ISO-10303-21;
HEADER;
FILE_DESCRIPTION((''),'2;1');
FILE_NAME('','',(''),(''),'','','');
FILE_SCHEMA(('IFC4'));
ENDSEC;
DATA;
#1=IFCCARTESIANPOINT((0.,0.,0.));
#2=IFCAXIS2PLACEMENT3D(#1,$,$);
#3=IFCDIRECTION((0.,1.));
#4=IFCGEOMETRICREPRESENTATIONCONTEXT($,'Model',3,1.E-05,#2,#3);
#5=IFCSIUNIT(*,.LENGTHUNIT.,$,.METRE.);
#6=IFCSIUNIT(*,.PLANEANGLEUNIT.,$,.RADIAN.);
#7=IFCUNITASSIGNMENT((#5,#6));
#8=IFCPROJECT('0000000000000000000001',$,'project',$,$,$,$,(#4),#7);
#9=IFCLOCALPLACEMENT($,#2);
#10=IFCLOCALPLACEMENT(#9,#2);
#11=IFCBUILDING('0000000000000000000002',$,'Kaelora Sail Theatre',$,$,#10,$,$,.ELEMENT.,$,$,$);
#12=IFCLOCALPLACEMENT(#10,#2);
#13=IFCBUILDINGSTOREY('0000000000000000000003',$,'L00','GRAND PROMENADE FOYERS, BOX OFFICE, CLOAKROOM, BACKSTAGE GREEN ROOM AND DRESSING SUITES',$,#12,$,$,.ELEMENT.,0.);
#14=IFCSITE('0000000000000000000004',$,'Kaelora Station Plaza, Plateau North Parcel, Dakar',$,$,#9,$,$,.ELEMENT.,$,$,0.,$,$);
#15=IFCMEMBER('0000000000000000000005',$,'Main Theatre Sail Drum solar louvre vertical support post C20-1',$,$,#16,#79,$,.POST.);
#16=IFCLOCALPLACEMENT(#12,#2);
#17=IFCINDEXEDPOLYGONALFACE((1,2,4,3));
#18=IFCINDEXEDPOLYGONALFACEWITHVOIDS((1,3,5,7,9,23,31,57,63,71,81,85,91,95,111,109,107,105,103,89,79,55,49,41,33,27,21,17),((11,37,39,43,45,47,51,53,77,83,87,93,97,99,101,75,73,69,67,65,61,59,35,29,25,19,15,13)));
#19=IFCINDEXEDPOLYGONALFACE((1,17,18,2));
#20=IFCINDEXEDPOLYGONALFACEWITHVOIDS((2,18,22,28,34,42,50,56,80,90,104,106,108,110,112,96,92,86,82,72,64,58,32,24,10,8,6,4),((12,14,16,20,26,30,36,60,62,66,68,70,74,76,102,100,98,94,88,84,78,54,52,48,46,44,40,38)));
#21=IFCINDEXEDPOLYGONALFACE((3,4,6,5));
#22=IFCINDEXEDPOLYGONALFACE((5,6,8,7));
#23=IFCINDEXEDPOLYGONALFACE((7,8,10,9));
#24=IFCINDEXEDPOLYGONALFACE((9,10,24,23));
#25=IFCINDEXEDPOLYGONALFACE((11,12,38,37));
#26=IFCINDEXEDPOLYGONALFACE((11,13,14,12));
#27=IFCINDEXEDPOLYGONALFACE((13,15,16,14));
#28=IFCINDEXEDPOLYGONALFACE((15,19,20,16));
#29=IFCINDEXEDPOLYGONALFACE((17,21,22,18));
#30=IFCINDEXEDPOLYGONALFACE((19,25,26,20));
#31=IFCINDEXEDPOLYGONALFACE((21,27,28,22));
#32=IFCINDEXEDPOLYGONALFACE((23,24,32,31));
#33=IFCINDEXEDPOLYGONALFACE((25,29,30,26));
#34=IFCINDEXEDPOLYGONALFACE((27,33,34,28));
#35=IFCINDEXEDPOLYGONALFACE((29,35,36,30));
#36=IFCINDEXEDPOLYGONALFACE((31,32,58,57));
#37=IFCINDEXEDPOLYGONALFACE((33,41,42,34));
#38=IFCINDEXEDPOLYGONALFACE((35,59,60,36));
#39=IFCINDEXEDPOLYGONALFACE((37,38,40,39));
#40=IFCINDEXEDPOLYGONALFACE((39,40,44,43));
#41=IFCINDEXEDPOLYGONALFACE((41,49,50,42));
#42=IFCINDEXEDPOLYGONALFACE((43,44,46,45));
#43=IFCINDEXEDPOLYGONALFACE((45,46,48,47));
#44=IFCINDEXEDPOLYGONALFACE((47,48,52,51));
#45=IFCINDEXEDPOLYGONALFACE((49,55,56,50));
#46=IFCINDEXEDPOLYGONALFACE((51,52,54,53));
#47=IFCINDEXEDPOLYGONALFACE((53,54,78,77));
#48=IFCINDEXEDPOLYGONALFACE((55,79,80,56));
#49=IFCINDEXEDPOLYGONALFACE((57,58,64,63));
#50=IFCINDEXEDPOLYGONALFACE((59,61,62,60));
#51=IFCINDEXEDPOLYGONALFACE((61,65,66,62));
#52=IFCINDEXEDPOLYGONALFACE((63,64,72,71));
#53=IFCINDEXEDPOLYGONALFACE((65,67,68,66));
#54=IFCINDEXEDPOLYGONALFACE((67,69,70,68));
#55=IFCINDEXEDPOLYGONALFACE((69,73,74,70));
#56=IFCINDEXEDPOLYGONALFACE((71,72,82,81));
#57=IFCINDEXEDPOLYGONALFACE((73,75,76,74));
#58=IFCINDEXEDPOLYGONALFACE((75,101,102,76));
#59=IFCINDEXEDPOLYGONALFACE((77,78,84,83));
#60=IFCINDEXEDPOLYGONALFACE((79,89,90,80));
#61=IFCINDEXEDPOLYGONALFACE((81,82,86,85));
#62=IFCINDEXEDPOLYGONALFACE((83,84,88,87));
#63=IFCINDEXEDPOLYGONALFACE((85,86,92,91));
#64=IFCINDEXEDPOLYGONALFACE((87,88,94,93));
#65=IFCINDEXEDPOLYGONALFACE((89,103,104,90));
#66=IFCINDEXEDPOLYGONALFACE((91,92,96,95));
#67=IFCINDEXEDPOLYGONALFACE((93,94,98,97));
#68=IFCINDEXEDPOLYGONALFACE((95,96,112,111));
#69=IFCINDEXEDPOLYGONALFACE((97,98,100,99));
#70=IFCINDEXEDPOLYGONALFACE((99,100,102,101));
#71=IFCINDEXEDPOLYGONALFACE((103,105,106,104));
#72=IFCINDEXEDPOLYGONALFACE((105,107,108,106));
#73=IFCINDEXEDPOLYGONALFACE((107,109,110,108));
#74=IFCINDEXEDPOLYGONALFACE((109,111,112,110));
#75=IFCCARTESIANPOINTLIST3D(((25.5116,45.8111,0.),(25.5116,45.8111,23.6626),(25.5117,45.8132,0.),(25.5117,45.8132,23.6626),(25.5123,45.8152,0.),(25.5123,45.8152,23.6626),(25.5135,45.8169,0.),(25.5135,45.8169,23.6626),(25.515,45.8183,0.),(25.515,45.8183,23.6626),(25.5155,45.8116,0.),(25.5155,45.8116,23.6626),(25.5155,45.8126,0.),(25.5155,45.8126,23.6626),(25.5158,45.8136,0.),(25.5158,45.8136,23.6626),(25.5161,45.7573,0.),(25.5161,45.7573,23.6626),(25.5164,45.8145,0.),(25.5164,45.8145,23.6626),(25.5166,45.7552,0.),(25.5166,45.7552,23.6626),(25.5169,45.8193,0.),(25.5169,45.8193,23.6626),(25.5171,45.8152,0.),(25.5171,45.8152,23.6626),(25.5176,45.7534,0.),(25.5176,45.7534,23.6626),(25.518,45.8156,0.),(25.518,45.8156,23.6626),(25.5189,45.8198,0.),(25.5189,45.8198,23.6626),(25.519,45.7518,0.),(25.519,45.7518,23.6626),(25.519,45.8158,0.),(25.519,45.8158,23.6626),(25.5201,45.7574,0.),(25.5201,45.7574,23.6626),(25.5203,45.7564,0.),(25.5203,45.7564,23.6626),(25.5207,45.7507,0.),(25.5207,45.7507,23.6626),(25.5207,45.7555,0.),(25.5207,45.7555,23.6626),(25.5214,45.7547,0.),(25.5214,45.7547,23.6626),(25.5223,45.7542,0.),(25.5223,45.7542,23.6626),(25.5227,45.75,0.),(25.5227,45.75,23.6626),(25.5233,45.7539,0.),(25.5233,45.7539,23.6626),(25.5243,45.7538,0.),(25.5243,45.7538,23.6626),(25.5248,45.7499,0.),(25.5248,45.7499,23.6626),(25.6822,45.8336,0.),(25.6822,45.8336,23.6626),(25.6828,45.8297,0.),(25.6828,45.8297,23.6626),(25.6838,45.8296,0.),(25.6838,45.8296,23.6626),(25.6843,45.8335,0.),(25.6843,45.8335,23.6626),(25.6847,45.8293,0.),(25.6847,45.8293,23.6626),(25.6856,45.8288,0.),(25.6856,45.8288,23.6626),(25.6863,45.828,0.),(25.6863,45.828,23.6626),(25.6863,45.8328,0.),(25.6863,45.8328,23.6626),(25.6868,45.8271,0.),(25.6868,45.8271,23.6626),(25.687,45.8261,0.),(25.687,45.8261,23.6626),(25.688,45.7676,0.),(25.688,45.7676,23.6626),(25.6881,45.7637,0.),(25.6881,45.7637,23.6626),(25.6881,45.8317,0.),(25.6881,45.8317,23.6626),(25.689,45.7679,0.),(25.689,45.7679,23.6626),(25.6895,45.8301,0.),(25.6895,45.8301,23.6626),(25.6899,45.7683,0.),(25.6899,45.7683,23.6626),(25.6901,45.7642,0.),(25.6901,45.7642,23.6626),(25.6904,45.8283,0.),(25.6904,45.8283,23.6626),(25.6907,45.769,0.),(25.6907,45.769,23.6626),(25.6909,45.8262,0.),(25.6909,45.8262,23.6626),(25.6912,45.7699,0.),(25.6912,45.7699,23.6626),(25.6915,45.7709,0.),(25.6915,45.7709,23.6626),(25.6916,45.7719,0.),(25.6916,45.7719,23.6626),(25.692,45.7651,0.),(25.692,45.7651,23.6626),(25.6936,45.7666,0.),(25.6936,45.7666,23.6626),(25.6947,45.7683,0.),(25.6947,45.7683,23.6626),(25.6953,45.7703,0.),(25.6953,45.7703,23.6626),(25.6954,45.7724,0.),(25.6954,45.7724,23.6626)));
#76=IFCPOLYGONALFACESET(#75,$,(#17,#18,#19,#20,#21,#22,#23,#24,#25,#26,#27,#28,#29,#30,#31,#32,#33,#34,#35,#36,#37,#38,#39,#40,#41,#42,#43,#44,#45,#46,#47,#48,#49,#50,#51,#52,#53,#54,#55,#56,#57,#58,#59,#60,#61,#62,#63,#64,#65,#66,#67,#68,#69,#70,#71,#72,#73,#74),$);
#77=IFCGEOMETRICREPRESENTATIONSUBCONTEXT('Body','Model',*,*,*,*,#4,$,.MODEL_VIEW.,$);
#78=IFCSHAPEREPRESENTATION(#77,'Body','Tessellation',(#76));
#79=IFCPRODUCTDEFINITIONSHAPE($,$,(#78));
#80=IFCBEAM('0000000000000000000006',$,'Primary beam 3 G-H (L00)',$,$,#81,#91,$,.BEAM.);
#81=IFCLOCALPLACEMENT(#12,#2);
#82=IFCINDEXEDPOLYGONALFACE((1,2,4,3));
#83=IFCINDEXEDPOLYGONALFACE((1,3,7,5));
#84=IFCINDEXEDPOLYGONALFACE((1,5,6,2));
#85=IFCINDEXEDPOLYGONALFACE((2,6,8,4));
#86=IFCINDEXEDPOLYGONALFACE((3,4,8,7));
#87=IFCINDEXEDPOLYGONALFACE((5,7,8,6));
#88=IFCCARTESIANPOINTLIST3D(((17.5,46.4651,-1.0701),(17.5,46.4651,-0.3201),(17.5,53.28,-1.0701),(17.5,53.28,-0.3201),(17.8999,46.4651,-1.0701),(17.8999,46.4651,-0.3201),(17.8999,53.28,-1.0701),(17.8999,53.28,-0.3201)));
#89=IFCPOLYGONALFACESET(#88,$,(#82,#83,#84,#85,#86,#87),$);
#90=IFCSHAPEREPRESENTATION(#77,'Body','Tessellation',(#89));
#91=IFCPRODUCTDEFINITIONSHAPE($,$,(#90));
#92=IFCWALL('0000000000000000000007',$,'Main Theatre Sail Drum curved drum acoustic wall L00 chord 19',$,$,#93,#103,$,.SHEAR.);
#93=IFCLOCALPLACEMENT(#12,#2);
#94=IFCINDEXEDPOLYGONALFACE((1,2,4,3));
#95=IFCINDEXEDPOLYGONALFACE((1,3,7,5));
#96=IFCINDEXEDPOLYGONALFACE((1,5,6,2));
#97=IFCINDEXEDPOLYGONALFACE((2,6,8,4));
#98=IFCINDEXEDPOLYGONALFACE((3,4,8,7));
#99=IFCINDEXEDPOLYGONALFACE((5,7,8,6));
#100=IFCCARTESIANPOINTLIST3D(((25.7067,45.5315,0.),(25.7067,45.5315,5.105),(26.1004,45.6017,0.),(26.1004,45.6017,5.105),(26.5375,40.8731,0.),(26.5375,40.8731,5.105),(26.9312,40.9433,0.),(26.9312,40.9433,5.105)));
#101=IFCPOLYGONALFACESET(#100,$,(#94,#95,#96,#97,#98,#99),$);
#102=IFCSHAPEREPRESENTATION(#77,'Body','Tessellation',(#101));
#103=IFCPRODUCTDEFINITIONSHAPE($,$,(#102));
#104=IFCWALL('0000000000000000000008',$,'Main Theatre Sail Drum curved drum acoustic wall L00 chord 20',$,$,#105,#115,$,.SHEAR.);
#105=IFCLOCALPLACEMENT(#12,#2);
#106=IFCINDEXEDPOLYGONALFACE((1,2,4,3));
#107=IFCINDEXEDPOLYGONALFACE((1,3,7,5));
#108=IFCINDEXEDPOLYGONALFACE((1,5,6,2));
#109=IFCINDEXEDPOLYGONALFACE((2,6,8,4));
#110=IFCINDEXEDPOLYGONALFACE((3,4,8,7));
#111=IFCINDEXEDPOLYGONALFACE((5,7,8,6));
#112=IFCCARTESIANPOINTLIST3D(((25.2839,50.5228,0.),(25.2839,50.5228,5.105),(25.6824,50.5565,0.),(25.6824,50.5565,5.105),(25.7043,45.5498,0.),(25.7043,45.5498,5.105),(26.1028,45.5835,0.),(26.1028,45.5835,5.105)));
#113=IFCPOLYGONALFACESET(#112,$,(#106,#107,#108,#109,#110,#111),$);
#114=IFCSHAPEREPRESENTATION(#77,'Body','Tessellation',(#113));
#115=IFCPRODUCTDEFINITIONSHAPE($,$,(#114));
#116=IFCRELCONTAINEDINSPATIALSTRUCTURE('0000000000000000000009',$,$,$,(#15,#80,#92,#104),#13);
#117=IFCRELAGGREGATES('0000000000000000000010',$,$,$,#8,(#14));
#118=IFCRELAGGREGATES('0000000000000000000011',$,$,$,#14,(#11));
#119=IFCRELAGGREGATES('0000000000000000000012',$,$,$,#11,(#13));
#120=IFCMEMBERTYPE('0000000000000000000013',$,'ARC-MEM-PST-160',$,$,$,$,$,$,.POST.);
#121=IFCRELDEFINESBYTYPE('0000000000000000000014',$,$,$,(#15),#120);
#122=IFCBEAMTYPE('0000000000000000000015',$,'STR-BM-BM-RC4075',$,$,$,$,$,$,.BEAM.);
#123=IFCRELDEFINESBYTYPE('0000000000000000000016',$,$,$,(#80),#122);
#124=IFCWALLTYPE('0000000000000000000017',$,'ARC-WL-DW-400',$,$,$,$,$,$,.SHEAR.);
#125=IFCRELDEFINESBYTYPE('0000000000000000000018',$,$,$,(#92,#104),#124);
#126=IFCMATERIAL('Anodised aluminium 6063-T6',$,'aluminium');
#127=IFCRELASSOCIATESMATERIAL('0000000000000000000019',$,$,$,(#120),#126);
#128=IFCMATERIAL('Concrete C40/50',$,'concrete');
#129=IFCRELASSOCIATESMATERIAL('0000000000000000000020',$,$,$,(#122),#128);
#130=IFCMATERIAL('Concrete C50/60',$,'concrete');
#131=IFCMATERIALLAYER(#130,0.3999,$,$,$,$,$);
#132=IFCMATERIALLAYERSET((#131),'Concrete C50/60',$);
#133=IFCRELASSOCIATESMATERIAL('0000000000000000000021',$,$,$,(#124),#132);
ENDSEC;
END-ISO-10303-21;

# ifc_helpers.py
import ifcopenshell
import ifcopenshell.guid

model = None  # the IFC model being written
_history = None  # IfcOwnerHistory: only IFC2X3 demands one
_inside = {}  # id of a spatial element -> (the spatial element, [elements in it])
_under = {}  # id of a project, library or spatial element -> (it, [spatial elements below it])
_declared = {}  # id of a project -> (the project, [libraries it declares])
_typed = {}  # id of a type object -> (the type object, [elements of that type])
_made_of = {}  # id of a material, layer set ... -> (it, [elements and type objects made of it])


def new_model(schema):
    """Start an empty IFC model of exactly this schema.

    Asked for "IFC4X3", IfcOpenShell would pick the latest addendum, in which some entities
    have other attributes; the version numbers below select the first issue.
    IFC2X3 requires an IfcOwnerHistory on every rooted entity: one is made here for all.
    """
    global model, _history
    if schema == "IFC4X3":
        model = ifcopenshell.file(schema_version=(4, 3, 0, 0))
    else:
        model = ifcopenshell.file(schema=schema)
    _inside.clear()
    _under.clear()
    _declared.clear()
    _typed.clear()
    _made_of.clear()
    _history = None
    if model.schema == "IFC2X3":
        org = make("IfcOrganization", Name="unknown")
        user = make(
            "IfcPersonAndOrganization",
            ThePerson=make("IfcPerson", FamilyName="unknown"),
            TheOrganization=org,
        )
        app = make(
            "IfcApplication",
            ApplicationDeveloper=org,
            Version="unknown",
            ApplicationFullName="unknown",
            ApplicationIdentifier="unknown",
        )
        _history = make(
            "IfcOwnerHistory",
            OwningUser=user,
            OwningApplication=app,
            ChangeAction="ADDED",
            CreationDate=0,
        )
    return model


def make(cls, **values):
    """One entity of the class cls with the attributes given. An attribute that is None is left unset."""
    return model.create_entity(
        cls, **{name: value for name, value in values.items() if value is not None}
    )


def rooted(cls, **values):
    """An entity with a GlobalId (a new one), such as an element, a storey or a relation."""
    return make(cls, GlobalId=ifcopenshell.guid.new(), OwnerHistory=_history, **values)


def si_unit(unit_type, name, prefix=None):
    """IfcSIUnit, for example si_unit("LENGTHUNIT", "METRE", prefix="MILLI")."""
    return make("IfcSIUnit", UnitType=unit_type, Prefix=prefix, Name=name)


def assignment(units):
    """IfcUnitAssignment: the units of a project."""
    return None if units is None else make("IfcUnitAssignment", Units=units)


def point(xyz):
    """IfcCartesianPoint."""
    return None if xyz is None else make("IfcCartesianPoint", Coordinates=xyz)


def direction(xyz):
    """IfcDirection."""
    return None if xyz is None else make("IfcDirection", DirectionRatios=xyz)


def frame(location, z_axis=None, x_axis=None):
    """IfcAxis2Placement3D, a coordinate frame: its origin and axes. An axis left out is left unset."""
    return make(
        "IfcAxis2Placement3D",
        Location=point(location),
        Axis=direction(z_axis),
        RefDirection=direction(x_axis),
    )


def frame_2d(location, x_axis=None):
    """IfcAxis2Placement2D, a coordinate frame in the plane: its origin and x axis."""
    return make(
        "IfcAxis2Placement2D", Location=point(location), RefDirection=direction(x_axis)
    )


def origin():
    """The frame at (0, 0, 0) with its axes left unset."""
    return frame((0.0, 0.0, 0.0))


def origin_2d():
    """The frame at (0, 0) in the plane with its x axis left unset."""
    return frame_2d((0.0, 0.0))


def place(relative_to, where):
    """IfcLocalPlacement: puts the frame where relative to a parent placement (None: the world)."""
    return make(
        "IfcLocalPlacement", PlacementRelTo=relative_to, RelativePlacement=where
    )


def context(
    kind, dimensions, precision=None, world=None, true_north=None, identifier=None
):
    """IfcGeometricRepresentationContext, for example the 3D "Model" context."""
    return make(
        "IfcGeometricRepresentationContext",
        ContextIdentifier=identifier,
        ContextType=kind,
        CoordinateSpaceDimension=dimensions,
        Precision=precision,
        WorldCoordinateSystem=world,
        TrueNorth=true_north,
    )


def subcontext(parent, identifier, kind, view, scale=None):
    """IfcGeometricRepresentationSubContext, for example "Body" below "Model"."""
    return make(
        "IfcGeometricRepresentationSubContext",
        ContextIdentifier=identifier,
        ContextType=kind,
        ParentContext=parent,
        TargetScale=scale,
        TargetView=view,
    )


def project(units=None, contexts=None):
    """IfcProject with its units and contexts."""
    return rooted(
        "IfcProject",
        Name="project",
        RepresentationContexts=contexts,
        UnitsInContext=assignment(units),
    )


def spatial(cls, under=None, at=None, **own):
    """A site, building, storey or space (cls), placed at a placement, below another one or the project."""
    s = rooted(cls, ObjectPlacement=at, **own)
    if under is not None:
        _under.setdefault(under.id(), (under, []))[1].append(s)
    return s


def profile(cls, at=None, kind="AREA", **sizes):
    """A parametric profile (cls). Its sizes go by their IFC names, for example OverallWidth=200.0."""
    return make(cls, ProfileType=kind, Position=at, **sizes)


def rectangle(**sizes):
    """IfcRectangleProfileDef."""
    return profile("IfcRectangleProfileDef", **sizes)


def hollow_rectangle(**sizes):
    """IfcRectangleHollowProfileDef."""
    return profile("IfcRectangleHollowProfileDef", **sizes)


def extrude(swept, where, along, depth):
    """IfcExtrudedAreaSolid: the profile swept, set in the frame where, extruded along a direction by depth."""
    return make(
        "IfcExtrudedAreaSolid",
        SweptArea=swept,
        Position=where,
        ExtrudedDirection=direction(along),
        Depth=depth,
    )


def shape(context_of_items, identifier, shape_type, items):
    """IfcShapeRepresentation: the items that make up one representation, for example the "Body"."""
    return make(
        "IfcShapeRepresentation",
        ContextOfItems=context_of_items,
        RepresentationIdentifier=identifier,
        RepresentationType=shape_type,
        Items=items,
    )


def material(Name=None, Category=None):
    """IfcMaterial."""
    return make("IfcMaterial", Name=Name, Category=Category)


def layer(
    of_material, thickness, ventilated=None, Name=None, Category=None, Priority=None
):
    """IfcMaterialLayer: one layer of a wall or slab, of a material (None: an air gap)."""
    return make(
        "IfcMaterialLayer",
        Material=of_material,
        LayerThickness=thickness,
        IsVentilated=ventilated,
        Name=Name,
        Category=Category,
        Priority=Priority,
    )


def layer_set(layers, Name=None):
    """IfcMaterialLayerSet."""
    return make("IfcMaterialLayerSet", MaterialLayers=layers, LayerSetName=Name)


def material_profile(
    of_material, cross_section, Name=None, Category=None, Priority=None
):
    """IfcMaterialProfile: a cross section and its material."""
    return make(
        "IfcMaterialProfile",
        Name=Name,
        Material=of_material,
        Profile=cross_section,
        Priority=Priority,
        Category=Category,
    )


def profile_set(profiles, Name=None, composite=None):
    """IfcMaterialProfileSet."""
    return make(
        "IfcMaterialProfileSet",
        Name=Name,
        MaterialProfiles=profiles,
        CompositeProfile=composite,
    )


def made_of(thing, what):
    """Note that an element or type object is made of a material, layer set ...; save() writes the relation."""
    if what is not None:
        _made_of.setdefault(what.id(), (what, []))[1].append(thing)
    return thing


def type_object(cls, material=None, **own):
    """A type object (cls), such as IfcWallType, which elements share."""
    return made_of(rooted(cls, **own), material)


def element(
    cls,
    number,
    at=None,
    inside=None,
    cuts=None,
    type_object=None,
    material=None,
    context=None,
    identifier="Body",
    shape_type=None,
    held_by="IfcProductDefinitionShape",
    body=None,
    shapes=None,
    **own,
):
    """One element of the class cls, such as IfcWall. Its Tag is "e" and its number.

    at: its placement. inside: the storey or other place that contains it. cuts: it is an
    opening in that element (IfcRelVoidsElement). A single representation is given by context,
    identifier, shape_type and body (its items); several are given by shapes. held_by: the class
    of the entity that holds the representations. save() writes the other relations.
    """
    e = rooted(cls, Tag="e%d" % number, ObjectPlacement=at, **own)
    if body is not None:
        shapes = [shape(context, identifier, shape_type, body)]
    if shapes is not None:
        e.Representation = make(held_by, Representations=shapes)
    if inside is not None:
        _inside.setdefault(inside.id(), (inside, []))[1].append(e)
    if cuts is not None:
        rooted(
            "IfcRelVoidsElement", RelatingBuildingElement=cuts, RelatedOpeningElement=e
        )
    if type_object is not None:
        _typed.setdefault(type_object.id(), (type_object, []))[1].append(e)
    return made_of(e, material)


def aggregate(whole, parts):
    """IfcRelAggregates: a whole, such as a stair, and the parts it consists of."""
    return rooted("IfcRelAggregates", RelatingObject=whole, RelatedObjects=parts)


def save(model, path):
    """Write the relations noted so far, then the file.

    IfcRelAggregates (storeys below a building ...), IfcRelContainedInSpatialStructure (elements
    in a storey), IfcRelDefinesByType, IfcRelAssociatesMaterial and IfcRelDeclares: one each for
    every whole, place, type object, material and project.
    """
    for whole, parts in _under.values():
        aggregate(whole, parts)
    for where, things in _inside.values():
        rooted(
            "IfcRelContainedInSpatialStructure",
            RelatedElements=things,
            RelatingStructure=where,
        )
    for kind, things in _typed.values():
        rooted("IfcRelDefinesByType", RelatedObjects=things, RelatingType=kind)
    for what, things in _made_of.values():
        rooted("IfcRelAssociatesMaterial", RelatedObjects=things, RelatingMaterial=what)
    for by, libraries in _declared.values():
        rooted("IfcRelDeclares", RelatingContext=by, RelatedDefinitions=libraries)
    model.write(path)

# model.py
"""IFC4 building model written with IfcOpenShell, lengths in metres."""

from ifc_helpers import new_model, si_unit, direction, frame, frame_2d, origin, origin_2d, place, context, subcontext, project, spatial, rectangle, hollow_rectangle, extrude, material, layer, layer_set, material_profile, profile_set, type_object, element, save


model = new_model("IFC4")

# Units and contexts
model_context = context("Model", 3, precision=1e-05, world=origin(), true_north=direction((0.0, 1.0)))
body_context = subcontext(model_context, "Body", "Model", "MODEL_VIEW")
ifc_project = project(units=[si_unit("LENGTHUNIT", "METRE"), si_unit("PLANEANGLEUNIT", "RADIAN")], contexts=[model_context])

# Site, building, storey
site_placement = place(None, origin())
site = spatial("IfcSite", under=ifc_project, at=site_placement, Name="Kaelora Station Plaza, Plateau North Parcel, Dakar", CompositionType="ELEMENT", RefElevation=0.0)
building_placement = place(site_placement, origin())
building = spatial("IfcBuilding", under=site, at=building_placement, Name="Kaelora Sail Theatre", CompositionType="ELEMENT")
storey_placement = place(building_placement, origin())
storey = spatial("IfcBuildingStorey", under=building, at=storey_placement, Name="L00", Description="GRAND PROMENADE FOYERS, BOX OFFICE, CLOAKROOM, BACKSTAGE GREEN ROOM AND DRESSING SUITES", CompositionType="ELEMENT", Elevation=0.0)

# Member
ifc_material_1 = material(Name="Anodised aluminium 6063-T6", Category="aluminium")
ifc_material_profile_1 = material_profile(ifc_material_1, hollow_rectangle(XDim=0.0701, YDim=0.1799, WallThickness=0.0039, InnerFilletRadius=0.0039, OuterFilletRadius=0.0081, at=origin_2d()), Name="ALU-MULL 70x180x4")
ifc_profile_set_1 = profile_set([ifc_material_profile_1], Name="Anodised aluminium 6063-T6")
member_type_1 = type_object("IfcMemberType", Name="ARC-MEM-PST-160", PredefinedType="POST", material=ifc_profile_set_1)
member_placement = place(storey_placement, frame((25.6035, 45.7917, 0.0), z_axis=(0.0, 0.0, 1.0), x_axis=(-0.0842, 0.996449, 0.0)))
element("IfcMember", 1, at=member_placement, inside=storey, type_object=member_type_1, Name="Main Theatre Sail Drum solar louvre vertical support post C20-1", PredefinedType="POST", context=body_context, shape_type="SweptSolid", body=[
    extrude(hollow_rectangle(XDim=0.0701, YDim=0.1799, WallThickness=0.0039, InnerFilletRadius=0.0039, OuterFilletRadius=0.0081, at=origin_2d()), origin(), (0.0, 0.0, 1.0), 23.6626),
])

# Beam
ifc_material_2 = material(Name="Concrete C40/50", Category="concrete")
ifc_material_profile_2 = material_profile(ifc_material_2, rectangle(XDim=0.3999, YDim=0.75, at=origin_2d()), Name="RC-BM 400x750")
ifc_profile_set_2 = profile_set([ifc_material_profile_2], Name="Concrete C40/50")
beam_type = type_object("IfcBeamType", Name="STR-BM-BM-RC4075", PredefinedType="BEAM", material=ifc_profile_set_2)
beam_placement = place(storey_placement, frame((17.7, 46.4651, -0.6951), z_axis=(0.0, 1.0, 0.0), x_axis=(-1.0, 0.0, 0.0)))
element("IfcBeam", 2, at=beam_placement, inside=storey, type_object=beam_type, Name="Primary beam 3 G-H (L00)", PredefinedType="BEAM", context=body_context, shape_type="SweptSolid", body=[
    extrude(rectangle(XDim=0.3999, YDim=0.75, at=origin_2d()), origin(), (0.0, 0.0, 1.0), 6.8149),
])

# Walls
ifc_material_3 = material(Name="Concrete C50/60", Category="concrete")
ifc_layer = layer(ifc_material_3, 0.3999)
ifc_layer_set = layer_set([ifc_layer], Name="Concrete C50/60")
wall_type = type_object("IfcWallType", Name="ARC-WL-DW-400", PredefinedType="SHEAR", material=ifc_layer_set)
wall_1_placement = place(storey_placement, frame((26.7344, 40.9082, 0.0), z_axis=(0.0, 0.0, 1.0), x_axis=(-0.175575, 0.984466, 0.0)))
element("IfcWall", 3, at=wall_1_placement, inside=storey, type_object=wall_type, Name="Main Theatre Sail Drum curved drum acoustic wall L00 chord 19", PredefinedType="SHEAR", context=body_context, shape_type="SweptSolid", body=[
    extrude(rectangle(XDim=4.7319, YDim=0.3999, at=frame_2d((2.366, 0.0))), origin(), (0.0, 0.0, 1.0), 5.105),
])
wall_2_placement = place(storey_placement, frame((25.9036, 45.5667, 0.0), z_axis=(0.0, 0.0, 1.0), x_axis=(-0.08424, 0.996446, 0.0)))
element("IfcWall", 4, at=wall_2_placement, inside=storey, type_object=wall_type, Name="Main Theatre Sail Drum curved drum acoustic wall L00 chord 20", PredefinedType="SHEAR", context=body_context, shape_type="SweptSolid", body=[
    extrude(rectangle(XDim=4.9907, YDim=0.3999, at=frame_2d((2.4954, 0.0))), origin(), (0.0, 0.0, 1.0), 5.105),
])

save(model, "model.ifc")
